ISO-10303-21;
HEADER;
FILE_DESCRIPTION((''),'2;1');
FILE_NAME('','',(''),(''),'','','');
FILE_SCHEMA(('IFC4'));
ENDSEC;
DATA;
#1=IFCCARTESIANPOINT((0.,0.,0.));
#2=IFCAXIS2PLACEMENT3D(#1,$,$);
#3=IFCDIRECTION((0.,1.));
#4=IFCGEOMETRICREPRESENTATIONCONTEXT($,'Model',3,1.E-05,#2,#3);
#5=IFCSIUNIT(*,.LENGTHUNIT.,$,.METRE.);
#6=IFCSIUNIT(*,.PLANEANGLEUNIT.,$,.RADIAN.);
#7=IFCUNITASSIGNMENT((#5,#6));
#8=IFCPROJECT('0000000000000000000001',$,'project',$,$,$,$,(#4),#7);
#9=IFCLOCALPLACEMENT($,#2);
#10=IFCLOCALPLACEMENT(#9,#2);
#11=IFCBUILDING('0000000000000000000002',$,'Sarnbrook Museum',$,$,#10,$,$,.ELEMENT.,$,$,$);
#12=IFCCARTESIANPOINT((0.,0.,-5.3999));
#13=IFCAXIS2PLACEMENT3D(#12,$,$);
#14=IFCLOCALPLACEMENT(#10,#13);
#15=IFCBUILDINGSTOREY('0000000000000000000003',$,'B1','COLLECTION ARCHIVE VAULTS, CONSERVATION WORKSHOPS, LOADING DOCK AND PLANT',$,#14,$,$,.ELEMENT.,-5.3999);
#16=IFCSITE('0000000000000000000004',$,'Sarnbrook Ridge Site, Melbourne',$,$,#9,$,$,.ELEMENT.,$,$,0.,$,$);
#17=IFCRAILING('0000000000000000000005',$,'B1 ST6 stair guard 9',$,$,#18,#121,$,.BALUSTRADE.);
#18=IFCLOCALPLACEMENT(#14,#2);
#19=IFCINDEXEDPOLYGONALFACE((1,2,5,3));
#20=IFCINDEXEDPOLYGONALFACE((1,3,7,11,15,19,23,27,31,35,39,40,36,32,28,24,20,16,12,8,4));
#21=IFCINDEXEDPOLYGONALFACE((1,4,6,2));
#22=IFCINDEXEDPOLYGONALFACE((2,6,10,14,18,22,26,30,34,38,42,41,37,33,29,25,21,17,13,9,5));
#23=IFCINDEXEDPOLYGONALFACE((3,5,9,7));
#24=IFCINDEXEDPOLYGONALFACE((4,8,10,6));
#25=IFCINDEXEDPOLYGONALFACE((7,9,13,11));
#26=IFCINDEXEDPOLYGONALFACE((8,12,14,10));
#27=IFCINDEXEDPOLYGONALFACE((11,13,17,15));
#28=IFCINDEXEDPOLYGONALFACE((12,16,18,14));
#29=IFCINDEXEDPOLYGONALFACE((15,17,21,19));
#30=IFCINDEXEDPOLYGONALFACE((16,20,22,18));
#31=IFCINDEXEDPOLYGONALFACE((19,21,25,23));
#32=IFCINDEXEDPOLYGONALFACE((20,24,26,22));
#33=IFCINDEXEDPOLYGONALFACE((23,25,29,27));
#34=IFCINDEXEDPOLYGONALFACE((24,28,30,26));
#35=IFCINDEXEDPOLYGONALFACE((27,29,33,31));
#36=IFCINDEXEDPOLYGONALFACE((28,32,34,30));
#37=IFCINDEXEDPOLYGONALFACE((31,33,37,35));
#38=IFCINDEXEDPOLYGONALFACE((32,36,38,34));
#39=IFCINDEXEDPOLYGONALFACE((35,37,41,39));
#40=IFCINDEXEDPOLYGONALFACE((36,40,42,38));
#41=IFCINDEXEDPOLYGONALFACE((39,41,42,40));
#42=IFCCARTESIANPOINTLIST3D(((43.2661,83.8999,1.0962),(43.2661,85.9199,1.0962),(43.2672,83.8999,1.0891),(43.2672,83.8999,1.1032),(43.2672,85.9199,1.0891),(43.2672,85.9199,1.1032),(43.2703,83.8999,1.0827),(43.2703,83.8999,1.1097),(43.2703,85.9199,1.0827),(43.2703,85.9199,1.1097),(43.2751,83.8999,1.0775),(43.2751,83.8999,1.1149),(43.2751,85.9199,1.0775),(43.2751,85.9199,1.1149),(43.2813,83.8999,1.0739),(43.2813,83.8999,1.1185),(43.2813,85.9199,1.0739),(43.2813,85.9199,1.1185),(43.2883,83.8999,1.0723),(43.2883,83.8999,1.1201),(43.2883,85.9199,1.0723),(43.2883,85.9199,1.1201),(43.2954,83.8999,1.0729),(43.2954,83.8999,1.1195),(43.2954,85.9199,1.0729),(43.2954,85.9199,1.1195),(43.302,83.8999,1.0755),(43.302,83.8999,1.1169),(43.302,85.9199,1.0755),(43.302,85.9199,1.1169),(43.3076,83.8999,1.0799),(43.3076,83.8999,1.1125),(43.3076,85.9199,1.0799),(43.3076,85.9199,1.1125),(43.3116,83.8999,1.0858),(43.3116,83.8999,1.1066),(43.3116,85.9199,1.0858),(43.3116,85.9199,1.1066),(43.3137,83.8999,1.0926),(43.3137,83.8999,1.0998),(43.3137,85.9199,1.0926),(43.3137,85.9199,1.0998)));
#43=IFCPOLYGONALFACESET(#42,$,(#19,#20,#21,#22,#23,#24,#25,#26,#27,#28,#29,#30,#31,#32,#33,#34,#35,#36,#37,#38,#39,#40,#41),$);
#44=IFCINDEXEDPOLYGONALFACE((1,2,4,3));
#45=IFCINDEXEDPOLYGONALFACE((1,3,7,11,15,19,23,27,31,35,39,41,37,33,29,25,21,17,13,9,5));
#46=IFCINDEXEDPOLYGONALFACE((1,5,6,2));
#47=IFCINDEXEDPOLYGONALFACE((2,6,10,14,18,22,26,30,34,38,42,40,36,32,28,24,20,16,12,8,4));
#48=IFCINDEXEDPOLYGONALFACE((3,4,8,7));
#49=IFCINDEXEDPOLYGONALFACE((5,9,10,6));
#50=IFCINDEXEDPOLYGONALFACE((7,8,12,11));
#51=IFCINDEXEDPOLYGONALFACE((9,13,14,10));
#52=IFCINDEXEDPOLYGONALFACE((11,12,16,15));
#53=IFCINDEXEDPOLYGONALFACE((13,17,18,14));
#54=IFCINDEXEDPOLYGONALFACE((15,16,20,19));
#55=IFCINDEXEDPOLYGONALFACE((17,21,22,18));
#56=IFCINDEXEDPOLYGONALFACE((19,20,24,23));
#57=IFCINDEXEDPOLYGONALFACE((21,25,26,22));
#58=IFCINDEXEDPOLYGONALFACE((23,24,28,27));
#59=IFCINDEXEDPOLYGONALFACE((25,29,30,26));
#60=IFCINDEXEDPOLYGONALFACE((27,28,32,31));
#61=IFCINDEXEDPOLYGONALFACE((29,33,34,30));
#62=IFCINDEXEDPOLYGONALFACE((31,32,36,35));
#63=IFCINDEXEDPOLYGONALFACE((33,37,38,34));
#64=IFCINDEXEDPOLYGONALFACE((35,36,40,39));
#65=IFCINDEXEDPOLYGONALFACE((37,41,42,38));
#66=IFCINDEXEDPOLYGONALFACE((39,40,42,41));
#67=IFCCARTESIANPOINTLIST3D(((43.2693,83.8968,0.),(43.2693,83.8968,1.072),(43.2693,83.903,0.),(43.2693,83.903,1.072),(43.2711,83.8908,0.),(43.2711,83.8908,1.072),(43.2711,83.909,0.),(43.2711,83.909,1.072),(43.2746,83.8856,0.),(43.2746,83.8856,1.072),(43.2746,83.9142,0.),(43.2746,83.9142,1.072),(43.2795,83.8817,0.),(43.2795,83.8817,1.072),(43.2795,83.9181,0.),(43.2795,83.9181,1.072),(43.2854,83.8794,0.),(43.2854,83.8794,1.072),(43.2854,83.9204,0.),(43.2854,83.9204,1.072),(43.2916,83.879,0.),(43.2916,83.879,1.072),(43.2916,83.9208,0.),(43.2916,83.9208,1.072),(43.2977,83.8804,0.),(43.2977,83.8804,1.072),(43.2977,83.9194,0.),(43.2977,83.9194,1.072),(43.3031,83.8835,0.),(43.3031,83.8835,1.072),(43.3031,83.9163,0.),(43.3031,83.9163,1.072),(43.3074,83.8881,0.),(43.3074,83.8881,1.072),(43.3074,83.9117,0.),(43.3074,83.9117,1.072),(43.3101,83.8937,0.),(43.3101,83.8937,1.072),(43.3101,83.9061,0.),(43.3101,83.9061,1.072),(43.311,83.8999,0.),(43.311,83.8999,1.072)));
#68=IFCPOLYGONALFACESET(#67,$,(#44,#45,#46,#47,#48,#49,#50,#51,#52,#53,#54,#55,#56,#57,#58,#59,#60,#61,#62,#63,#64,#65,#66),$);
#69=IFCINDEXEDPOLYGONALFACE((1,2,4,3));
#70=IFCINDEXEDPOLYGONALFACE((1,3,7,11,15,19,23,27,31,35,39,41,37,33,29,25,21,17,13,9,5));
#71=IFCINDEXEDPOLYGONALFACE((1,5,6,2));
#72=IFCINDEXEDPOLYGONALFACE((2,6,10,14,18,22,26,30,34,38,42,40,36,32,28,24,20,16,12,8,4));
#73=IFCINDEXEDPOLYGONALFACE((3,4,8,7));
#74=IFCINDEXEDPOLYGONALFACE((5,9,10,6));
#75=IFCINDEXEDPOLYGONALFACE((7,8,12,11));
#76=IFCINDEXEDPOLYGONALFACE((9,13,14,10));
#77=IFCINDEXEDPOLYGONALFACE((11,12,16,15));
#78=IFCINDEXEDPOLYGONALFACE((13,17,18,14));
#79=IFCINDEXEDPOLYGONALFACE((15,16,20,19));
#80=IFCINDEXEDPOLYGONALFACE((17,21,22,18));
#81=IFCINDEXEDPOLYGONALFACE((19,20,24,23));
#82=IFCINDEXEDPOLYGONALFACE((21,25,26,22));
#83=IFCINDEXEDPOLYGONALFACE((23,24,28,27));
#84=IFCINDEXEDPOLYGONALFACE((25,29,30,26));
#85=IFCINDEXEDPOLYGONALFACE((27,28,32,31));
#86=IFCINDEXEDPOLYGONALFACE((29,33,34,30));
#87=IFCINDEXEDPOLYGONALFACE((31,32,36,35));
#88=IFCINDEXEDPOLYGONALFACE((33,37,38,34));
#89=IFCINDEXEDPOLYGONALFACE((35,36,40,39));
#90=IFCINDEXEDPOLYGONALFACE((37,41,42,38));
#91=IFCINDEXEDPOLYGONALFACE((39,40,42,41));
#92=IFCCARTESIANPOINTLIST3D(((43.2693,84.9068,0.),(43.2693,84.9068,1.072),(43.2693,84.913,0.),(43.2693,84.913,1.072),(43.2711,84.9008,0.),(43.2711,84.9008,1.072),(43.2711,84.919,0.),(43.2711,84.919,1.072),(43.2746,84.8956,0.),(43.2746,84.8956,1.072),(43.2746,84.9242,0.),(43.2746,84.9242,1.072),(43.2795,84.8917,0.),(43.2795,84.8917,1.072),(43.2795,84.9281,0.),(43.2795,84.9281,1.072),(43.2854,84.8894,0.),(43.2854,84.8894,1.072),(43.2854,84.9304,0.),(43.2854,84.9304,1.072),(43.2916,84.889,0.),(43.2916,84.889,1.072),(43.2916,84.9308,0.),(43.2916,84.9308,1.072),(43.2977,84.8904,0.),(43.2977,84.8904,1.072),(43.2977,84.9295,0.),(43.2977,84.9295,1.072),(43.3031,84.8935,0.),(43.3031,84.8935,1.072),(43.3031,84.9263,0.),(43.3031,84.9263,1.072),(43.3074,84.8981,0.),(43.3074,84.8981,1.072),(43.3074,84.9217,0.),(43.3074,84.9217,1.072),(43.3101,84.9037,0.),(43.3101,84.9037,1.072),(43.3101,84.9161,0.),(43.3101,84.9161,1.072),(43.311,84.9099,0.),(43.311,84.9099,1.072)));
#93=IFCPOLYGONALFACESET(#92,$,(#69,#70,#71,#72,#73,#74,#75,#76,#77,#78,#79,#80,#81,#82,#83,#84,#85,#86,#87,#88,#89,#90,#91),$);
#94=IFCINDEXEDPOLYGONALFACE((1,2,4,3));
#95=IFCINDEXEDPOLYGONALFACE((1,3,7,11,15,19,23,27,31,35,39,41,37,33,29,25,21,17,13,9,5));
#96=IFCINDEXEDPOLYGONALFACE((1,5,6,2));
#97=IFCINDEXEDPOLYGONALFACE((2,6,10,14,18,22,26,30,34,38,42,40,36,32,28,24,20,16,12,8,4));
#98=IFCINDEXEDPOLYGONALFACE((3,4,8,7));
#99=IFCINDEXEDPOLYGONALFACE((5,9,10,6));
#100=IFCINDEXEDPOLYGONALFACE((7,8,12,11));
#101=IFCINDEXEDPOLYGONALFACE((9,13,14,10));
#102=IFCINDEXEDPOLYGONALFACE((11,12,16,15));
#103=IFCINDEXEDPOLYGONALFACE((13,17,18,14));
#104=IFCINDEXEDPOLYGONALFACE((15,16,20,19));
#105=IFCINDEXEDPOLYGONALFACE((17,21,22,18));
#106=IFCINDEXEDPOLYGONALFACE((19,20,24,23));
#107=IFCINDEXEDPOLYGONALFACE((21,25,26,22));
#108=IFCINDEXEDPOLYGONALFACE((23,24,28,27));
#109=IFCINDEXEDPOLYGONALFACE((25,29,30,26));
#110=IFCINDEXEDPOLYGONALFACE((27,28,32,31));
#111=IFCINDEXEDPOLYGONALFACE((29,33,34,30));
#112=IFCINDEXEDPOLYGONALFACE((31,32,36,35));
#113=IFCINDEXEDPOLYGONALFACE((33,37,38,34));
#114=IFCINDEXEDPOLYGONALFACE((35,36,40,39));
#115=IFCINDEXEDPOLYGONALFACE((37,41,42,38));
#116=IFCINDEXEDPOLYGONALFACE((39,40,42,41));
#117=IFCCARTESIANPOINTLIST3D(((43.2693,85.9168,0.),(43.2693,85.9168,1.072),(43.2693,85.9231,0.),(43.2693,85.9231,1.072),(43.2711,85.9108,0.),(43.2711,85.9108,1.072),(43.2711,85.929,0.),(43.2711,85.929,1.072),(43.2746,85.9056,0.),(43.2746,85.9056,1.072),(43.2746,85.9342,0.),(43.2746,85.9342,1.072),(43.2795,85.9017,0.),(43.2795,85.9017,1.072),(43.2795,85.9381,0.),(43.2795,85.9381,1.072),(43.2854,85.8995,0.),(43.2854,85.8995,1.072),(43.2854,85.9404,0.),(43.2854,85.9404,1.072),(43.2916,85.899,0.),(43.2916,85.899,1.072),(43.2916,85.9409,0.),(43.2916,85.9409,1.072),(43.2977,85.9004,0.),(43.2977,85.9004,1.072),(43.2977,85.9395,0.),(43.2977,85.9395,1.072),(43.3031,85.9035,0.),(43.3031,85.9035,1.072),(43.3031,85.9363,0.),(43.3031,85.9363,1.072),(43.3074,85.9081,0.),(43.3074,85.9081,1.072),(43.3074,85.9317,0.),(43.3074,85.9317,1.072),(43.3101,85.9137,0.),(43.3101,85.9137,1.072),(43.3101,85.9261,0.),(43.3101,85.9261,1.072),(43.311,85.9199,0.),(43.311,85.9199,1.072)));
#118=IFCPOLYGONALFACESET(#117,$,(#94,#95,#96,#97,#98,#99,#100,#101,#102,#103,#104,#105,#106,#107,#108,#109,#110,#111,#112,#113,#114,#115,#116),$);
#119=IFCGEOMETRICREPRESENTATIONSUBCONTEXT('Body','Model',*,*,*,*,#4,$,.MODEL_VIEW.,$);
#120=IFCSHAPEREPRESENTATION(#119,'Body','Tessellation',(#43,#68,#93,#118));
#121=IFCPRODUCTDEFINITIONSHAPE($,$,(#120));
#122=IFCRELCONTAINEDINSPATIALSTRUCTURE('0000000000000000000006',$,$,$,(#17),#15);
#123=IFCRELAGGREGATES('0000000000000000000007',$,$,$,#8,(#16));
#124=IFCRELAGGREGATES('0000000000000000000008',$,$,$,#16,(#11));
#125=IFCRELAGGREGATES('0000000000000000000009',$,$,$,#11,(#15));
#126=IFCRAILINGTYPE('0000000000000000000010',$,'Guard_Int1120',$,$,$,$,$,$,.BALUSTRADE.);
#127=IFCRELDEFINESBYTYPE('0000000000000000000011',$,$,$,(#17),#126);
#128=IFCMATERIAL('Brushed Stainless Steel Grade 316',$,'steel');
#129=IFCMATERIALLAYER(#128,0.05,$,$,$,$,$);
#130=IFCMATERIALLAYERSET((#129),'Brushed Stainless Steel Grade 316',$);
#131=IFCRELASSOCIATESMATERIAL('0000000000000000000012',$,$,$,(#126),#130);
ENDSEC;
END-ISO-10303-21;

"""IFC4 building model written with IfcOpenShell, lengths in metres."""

from ifc_helpers import new_model, si_unit, direction, frame, origin, origin_2d, place, context, subcontext, project, spatial, circle, extrude, material, layer, layer_set, type_object, element, save


model = new_model("IFC4")

# Units and contexts
model_context = context("Model", 3, precision=1e-05, world=origin(), true_north=direction((0.0, 1.0)))
body_context = subcontext(model_context, "Body", "Model", "MODEL_VIEW")
ifc_project = project(units=[si_unit("LENGTHUNIT", "METRE"), si_unit("PLANEANGLEUNIT", "RADIAN")], contexts=[model_context])

# Site, building, storey
site_placement = place(None, origin())
site = spatial("IfcSite", under=ifc_project, at=site_placement, Name="Sarnbrook Ridge Site, Melbourne", CompositionType="ELEMENT", RefElevation=0.0)
building_placement = place(site_placement, origin())
building = spatial("IfcBuilding", under=site, at=building_placement, Name="Sarnbrook Museum", CompositionType="ELEMENT")
storey_placement = place(building_placement, frame((0.0, 0.0, -5.3999)))
storey = spatial("IfcBuildingStorey", under=building, at=storey_placement, Name="B1", Description="COLLECTION ARCHIVE VAULTS, CONSERVATION WORKSHOPS, LOADING DOCK AND PLANT", CompositionType="ELEMENT", Elevation=-5.3999)

# Shared definitions
ifc_material_1 = material(Name="Brushed Stainless Steel Grade 316", Category="steel")

# Railing
ifc_layer_1 = layer(ifc_material_1, 0.05)
ifc_layer_set_1 = layer_set([ifc_layer_1], Name="Brushed Stainless Steel Grade 316")
railing_type_1 = type_object("IfcRailingType", Name="Guard_Int1120", PredefinedType="BALUSTRADE", material=ifc_layer_set_1)
for number, where, name in (
    (1, (43.29, 83.8999, 0.0), "B1 ST6 stair guard 9"),
):
    element("IfcRailing", number, at=place(storey_placement, frame(where)), inside=storey, type_object=railing_type_1, Name=name, PredefinedType="BALUSTRADE", context=body_context, shape_type="SweptSolid", body=[
        extrude(circle(Radius=0.0239, at=origin_2d()), frame((0.0, 0.0, 1.0962), z_axis=(0.0, 1.0, 0.0), x_axis=(-1.0, 0.0, 0.0)), (0.0, 0.0, 1.0), 2.02),
        extrude(circle(Radius=0.021, at=origin_2d()), origin(), (0.0, 0.0, 1.0), 1.072),
        extrude(circle(Radius=0.021, at=origin_2d()), frame((0.0, 1.01, 0.0)), (0.0, 0.0, 1.0), 1.072),
        extrude(circle(Radius=0.021, at=origin_2d()), frame((0.0, 2.02, 0.0)), (0.0, 0.0, 1.0), 1.072),
    ])

save(model, "model.ifc")
